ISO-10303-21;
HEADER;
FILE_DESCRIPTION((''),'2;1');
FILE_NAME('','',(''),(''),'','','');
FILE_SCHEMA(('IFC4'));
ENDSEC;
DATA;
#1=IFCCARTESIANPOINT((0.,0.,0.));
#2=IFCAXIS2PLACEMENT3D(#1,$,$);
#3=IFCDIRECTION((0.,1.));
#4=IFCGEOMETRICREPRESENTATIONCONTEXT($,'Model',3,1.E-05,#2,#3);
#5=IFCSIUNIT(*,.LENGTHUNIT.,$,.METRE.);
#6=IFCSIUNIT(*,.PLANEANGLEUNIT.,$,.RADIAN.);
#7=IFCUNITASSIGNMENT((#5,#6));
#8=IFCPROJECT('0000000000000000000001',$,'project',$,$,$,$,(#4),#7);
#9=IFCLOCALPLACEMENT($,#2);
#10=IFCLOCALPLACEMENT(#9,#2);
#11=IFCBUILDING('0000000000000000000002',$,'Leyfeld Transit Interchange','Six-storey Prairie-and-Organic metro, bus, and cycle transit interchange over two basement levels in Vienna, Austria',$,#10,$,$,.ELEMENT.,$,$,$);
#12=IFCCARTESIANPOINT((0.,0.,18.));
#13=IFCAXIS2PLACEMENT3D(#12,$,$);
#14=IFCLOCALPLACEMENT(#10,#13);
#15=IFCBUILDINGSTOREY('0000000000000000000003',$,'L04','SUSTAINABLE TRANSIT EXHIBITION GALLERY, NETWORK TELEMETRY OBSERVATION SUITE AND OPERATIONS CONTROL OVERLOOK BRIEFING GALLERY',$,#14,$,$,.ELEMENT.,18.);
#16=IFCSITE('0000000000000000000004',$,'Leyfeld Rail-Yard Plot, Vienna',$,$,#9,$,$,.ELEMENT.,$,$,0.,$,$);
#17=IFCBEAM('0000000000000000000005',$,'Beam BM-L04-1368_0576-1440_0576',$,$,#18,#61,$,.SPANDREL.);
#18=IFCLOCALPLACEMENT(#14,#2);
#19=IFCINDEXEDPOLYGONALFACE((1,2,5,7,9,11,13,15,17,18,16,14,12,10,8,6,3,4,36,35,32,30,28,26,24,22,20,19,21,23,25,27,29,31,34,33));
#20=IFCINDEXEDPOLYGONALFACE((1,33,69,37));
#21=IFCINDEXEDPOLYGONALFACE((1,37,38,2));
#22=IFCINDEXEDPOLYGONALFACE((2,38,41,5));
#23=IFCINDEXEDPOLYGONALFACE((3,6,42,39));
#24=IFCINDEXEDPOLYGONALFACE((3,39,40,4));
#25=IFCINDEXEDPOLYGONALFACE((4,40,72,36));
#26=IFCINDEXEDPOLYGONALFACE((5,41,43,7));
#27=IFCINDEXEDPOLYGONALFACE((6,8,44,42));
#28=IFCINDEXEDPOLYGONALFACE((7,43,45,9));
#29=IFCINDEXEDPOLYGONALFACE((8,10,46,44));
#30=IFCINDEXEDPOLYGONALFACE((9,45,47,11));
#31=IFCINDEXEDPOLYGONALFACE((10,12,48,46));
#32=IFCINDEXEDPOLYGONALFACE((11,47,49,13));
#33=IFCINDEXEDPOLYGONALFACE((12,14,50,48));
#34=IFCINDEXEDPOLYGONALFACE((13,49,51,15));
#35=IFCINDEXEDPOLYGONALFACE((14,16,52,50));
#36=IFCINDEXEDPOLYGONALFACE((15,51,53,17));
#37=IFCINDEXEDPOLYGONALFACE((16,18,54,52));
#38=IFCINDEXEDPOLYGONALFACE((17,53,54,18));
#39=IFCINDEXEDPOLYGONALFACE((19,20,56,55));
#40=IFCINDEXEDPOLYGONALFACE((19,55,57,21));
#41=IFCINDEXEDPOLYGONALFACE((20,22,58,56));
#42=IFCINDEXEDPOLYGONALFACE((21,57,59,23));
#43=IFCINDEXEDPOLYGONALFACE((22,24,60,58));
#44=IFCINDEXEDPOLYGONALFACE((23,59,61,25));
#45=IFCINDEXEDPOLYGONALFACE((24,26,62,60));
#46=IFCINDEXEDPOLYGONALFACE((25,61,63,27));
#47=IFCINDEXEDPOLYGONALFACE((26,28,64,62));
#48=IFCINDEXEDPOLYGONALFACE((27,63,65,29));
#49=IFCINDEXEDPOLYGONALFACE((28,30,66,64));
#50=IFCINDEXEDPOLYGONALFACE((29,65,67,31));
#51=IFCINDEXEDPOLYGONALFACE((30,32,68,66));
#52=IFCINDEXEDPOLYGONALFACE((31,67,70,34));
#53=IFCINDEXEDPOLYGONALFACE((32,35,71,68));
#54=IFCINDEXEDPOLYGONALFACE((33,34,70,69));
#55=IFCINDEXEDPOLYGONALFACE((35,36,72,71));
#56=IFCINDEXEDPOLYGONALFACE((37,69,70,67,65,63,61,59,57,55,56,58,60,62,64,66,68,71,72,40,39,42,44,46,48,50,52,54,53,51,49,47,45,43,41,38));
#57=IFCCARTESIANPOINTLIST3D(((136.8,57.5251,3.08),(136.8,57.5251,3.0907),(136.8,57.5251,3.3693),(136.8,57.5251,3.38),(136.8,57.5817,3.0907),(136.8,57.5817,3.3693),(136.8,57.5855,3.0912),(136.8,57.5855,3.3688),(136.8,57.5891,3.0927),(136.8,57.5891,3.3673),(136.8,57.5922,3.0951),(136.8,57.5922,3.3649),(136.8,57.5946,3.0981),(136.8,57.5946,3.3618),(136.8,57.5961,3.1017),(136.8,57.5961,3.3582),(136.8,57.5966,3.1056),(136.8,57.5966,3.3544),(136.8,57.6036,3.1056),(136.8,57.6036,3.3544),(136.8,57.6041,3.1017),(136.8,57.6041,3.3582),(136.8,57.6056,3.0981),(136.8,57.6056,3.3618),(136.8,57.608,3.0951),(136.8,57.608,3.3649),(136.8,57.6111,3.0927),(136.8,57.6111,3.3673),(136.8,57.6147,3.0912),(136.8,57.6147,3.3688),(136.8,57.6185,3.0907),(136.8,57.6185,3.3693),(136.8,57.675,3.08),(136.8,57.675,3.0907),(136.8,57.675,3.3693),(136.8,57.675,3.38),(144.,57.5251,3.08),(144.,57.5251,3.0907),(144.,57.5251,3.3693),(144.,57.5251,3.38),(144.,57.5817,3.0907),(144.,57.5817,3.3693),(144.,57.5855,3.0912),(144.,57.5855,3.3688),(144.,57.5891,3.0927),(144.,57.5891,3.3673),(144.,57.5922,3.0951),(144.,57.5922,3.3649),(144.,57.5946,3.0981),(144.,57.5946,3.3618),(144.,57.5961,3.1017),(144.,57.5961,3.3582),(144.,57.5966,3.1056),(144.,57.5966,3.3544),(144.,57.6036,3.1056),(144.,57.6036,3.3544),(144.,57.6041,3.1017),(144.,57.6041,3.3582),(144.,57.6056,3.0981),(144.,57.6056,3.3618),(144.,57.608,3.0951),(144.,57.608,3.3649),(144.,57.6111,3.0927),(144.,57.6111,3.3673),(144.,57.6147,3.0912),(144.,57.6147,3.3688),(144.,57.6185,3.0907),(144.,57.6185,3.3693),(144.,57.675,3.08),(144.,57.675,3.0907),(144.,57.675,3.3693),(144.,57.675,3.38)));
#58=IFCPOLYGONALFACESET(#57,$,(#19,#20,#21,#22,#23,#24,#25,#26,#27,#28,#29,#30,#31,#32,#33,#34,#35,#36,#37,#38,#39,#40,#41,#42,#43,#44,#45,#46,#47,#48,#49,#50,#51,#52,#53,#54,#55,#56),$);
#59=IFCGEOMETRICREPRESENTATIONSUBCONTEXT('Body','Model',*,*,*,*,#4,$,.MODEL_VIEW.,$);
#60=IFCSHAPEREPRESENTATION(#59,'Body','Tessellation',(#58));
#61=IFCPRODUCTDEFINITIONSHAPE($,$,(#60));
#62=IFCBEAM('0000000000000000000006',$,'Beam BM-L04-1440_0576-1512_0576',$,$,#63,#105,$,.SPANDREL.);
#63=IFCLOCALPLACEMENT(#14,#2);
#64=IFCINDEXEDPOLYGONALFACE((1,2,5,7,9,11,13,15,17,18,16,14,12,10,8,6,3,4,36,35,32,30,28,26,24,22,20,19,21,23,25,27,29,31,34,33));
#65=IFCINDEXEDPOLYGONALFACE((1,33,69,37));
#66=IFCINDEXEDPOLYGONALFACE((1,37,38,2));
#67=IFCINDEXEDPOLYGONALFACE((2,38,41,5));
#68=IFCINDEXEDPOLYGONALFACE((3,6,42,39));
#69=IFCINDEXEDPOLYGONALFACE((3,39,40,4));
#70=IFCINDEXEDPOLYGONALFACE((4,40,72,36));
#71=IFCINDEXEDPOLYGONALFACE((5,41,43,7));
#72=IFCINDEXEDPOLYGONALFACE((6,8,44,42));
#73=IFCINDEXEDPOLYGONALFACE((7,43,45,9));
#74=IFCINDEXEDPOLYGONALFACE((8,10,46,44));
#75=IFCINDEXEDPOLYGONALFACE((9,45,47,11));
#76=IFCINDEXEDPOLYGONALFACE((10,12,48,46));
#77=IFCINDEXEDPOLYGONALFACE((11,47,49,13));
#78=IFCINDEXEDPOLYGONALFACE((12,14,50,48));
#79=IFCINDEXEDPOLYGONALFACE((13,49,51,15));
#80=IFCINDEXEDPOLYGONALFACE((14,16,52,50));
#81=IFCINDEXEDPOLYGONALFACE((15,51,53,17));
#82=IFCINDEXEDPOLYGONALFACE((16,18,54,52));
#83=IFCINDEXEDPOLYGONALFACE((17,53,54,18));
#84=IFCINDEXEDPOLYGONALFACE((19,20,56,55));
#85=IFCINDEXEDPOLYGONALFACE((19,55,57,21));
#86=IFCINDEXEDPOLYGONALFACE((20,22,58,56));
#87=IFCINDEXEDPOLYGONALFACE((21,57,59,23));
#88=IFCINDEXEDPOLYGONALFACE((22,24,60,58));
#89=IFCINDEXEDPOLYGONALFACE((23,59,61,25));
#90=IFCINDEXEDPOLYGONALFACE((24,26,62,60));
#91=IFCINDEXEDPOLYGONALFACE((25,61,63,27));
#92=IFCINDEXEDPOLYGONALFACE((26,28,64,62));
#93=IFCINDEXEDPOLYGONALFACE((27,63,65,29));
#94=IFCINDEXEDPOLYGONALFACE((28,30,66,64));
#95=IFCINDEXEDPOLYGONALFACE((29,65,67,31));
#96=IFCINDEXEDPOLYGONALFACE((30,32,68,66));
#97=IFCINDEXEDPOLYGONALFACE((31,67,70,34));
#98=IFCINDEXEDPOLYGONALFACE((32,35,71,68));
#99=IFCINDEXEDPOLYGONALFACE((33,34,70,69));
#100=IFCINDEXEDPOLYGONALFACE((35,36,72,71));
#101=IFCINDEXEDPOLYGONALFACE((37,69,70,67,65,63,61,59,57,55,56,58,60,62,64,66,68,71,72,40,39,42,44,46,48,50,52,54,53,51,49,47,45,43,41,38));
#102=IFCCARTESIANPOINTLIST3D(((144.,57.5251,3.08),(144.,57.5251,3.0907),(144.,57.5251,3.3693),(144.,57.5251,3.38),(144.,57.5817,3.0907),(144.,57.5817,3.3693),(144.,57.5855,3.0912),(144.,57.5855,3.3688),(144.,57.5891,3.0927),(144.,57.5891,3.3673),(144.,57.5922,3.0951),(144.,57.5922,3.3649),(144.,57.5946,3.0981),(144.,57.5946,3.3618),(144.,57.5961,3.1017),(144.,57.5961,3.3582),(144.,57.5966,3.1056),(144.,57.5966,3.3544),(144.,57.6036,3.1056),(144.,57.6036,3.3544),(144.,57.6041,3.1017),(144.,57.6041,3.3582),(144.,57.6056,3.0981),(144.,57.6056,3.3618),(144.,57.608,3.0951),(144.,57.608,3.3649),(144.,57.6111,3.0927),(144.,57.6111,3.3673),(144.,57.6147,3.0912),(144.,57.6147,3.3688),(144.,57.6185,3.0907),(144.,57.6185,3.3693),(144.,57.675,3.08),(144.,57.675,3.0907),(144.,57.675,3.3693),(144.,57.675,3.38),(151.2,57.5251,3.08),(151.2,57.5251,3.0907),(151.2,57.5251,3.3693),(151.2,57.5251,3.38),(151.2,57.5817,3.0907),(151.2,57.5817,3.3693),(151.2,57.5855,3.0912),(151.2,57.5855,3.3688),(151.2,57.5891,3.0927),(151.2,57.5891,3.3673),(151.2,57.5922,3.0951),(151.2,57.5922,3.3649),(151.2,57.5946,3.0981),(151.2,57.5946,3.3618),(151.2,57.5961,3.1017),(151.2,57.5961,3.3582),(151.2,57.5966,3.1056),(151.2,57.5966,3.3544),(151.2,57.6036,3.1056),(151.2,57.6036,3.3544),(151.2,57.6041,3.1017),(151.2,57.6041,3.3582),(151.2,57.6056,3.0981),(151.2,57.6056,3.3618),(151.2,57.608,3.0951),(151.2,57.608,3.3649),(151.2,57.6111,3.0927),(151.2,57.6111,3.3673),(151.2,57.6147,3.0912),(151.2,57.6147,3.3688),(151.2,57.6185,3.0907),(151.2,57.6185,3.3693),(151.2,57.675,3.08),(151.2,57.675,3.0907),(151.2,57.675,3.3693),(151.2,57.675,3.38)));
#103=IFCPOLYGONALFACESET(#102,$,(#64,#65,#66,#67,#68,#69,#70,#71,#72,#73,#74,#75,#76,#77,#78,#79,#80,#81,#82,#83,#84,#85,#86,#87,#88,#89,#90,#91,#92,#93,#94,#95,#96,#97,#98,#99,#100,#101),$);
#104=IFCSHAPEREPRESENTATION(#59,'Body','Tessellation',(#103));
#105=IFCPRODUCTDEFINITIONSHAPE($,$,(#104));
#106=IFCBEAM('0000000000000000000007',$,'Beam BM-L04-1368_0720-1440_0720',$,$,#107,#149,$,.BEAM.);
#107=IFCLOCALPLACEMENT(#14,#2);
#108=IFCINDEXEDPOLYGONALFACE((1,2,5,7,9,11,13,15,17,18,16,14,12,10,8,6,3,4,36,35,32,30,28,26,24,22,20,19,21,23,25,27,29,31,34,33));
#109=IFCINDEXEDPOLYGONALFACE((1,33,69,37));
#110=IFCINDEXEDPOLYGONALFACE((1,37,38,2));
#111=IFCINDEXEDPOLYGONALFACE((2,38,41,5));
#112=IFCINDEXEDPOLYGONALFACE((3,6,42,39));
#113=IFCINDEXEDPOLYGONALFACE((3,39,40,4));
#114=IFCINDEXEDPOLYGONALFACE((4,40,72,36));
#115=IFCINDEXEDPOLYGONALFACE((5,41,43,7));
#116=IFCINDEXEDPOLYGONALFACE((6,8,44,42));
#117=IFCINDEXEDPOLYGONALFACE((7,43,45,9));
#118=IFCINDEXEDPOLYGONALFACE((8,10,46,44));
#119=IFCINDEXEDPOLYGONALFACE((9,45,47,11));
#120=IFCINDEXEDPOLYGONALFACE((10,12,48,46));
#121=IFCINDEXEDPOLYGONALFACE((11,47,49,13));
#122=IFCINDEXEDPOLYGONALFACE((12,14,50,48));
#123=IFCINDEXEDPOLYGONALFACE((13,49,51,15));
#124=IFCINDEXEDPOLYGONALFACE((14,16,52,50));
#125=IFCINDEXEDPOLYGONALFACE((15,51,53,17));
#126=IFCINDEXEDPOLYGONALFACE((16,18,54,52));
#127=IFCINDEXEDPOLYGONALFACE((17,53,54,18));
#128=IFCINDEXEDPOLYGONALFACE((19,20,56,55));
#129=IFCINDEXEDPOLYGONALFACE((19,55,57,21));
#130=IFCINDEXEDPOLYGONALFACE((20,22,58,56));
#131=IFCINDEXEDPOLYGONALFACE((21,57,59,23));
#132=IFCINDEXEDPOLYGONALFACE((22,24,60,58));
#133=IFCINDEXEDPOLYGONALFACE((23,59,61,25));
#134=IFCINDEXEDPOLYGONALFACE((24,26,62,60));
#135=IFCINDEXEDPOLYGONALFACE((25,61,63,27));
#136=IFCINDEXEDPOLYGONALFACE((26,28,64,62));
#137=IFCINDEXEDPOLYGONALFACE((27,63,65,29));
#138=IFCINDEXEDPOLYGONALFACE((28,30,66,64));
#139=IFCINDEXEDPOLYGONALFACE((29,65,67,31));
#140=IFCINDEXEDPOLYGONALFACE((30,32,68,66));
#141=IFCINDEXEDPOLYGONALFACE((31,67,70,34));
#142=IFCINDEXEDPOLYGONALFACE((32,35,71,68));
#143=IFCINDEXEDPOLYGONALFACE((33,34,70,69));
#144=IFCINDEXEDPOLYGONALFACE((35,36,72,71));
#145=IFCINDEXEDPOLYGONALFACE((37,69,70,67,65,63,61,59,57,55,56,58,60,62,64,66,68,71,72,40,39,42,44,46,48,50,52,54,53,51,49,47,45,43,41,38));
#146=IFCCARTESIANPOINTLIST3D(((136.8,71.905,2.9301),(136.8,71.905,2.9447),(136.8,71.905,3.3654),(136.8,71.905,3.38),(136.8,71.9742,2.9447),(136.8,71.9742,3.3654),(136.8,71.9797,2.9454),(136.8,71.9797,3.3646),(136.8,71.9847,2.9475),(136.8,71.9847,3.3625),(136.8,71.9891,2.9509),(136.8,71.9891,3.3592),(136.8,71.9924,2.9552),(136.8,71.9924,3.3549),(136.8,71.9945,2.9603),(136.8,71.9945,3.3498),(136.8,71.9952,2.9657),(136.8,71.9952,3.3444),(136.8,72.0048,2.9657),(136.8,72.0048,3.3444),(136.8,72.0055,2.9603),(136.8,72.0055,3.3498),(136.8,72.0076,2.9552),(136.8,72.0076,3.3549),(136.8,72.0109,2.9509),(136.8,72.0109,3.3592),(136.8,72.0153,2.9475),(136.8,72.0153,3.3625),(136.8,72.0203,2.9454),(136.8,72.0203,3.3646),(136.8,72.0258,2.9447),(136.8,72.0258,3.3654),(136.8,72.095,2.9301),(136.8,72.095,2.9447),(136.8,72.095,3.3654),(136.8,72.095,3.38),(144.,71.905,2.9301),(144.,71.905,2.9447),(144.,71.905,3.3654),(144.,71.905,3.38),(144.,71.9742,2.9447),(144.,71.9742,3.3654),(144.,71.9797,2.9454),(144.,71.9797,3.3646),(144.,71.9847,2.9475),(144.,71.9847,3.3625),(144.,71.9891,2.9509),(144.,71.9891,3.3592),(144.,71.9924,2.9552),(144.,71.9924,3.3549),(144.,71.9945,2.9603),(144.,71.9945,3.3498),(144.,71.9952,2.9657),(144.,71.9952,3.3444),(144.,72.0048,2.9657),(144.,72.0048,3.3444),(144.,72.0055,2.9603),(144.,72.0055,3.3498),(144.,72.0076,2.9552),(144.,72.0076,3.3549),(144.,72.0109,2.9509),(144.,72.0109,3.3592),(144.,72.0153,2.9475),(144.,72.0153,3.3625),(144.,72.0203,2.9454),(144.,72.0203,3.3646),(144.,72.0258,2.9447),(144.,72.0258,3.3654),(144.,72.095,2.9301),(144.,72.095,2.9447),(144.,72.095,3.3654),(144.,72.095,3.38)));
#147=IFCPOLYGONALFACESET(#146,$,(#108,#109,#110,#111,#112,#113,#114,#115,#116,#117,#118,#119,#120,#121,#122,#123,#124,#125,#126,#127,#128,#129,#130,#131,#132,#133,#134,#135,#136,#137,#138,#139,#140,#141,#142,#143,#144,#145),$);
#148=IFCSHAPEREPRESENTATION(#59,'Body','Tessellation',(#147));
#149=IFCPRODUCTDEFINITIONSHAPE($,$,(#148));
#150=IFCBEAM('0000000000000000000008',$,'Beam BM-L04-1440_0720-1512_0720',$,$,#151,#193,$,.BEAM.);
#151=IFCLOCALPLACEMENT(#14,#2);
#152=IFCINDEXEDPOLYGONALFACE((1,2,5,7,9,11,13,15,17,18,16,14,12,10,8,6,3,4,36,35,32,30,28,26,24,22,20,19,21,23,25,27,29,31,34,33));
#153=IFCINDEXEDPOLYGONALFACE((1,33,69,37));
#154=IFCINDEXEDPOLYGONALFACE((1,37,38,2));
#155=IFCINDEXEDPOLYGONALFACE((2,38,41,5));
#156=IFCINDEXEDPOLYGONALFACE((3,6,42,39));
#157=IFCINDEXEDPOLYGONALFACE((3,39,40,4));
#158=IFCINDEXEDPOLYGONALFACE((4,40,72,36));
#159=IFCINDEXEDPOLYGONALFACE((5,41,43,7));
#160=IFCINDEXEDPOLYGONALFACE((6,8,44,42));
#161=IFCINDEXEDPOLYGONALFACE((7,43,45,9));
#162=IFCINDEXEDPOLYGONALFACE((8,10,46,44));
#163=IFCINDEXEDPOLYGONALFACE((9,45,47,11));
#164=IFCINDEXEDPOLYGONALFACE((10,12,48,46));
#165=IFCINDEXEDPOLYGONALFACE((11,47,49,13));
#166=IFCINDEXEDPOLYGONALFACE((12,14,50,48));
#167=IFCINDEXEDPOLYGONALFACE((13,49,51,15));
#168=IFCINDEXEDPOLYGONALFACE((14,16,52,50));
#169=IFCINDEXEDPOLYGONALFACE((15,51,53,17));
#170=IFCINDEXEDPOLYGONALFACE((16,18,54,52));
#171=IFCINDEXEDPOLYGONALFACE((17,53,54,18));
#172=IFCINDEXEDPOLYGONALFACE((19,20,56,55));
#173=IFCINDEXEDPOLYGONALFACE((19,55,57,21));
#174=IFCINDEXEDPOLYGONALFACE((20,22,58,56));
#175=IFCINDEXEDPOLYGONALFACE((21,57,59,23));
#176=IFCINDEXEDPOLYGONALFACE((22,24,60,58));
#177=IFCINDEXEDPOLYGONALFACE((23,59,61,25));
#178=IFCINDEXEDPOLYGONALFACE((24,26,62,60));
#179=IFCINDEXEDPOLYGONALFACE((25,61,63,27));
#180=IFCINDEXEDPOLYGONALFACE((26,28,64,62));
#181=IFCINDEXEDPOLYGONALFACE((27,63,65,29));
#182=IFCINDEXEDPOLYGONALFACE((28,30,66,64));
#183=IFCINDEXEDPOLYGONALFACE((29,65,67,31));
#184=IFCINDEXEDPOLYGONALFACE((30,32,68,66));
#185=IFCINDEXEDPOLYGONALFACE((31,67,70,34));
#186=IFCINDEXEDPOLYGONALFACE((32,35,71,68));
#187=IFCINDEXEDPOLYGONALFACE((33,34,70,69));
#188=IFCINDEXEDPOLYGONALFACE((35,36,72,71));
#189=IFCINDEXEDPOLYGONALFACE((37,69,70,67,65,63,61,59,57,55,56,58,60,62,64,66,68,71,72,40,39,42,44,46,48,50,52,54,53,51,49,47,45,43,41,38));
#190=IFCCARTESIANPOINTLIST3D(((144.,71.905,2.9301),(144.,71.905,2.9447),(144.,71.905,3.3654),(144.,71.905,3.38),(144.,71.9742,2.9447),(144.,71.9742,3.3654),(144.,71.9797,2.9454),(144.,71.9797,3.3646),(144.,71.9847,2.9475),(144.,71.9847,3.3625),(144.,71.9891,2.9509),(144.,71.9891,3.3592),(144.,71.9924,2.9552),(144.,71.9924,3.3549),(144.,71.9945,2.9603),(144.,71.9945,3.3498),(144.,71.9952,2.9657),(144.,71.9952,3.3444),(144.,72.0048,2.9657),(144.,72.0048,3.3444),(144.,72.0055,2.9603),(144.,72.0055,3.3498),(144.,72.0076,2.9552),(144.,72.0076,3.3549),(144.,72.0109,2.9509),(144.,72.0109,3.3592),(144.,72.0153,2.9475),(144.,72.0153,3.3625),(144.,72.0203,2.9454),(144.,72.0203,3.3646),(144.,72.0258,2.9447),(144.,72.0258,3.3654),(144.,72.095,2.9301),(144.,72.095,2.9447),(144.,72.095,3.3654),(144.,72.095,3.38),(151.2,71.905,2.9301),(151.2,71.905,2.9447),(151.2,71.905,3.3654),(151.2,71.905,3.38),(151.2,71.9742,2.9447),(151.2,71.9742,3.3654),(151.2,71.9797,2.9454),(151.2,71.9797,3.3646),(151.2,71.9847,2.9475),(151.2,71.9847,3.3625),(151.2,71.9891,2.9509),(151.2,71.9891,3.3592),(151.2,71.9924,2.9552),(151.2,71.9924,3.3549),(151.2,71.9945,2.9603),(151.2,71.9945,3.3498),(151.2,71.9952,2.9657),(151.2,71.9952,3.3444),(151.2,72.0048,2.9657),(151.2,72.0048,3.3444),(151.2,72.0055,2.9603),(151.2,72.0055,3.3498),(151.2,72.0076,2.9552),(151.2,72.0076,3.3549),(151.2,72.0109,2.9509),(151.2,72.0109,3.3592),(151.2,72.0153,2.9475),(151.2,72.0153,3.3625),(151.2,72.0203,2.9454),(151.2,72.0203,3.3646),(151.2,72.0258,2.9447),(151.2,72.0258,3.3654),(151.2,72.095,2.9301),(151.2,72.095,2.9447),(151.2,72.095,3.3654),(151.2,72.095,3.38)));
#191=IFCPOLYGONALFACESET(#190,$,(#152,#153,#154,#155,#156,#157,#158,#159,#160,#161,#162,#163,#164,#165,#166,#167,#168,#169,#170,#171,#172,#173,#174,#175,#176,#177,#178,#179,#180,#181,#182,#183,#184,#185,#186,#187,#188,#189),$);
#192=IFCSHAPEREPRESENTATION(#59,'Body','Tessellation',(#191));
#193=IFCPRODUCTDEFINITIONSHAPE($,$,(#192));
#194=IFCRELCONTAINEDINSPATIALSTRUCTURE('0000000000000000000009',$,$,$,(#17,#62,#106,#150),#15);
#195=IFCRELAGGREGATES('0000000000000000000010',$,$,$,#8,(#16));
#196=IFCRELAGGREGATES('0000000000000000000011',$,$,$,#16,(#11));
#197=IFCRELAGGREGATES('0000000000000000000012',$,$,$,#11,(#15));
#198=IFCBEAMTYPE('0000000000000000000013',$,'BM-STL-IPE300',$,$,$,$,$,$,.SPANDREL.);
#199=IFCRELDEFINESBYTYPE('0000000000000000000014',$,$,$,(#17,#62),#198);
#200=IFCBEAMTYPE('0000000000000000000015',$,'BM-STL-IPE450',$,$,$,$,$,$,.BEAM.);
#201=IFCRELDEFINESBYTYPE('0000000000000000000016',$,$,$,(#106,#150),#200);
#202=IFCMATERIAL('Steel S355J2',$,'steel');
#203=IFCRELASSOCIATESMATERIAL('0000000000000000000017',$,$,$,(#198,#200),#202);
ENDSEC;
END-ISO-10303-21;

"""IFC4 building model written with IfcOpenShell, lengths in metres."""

from ifc_helpers import new_model, si_unit, direction, frame, origin, origin_2d, place, context, subcontext, project, spatial, i_section, extrude, material, material_profile, profile_set, type_object, element, save


model = new_model("IFC4")

# Units and contexts
model_context = context("Model", 3, precision=1e-05, world=origin(), true_north=direction((0.0, 1.0)))
body_context = subcontext(model_context, "Body", "Model", "MODEL_VIEW")
ifc_project = project(units=[si_unit("LENGTHUNIT", "METRE"), si_unit("PLANEANGLEUNIT", "RADIAN")], contexts=[model_context])

# Site, building, storey
site_placement = place(None, origin())
site = spatial("IfcSite", under=ifc_project, at=site_placement, Name="Leyfeld Rail-Yard Plot, Vienna", CompositionType="ELEMENT", RefElevation=0.0)
building_placement = place(site_placement, origin())
building = spatial("IfcBuilding", under=site, at=building_placement, Name="Leyfeld Transit Interchange", Description="Six-storey Prairie-and-Organic metro, bus, and cycle transit interchange over two basement levels in Vienna, Austria", CompositionType="ELEMENT")
storey_placement = place(building_placement, frame((0.0, 0.0, 18.0)))
storey = spatial("IfcBuildingStorey", under=building, at=storey_placement, Name="L04", Description="SUSTAINABLE TRANSIT EXHIBITION GALLERY, NETWORK TELEMETRY OBSERVATION SUITE AND OPERATIONS CONTROL OVERLOOK BRIEFING GALLERY", CompositionType="ELEMENT", Elevation=18.0)

# Shared definitions
ifc_material_1 = material(Name="Steel S355J2", Category="steel")

# Beams
ifc_material_profile_1 = material_profile(ifc_material_1, i_section(OverallWidth=0.1499, OverallDepth=0.3, WebThickness=0.0071, FlangeThickness=0.0107, FilletRadius=0.0149, at=origin_2d()), Name="IPE 300")
ifc_profile_set_1 = profile_set([ifc_material_profile_1], Name="Steel S355J2")
beam_type_1 = type_object("IfcBeamType", Name="BM-STL-IPE300", PredefinedType="SPANDREL", material=ifc_profile_set_1)
for number, where, z_axis, x_axis, name in (
    (1, (136.8, 57.6001, 3.23), (1.0, 0.0, 0.0), (0.0, 1.0, 0.0), "Beam BM-L04-1368_0576-1440_0576"),
    (2, (144.0, 57.6001, 3.23), (1.0, 0.0, 0.0), (0.0, 1.0, 0.0), "Beam BM-L04-1440_0576-1512_0576"),
):
    element("IfcBeam", number, at=place(storey_placement, frame(where, z_axis=z_axis, x_axis=x_axis)), inside=storey, type_object=beam_type_1, Name=name, PredefinedType="SPANDREL", context=body_context, shape_type="SweptSolid", body=[
        extrude(i_section(OverallWidth=0.1499, OverallDepth=0.3, WebThickness=0.0071, FlangeThickness=0.0107, FilletRadius=0.0149, at=origin_2d()), origin(), (0.0, 0.0, 1.0), 7.2),
    ])
ifc_material_profile_2 = material_profile(ifc_material_1, i_section(OverallWidth=0.1899, OverallDepth=0.45, WebThickness=0.0095, FlangeThickness=0.0146, FilletRadius=0.021, at=origin_2d()), Name="IPE 450")
ifc_profile_set_2 = profile_set([ifc_material_profile_2], Name="Steel S355J2")
beam_type_2 = type_object("IfcBeamType", Name="BM-STL-IPE450", PredefinedType="BEAM", material=ifc_profile_set_2)
for number, where, z_axis, x_axis, name in (
    (3, (136.8, 72.0, 3.155), (1.0, 0.0, 0.0), (0.0, 1.0, 0.0), "Beam BM-L04-1368_0720-1440_0720"),
    (4, (144.0, 72.0, 3.155), (1.0, 0.0, 0.0), (0.0, 1.0, 0.0), "Beam BM-L04-1440_0720-1512_0720"),
):
    element("IfcBeam", number, at=place(storey_placement, frame(where, z_axis=z_axis, x_axis=x_axis)), inside=storey, type_object=beam_type_2, Name=name, PredefinedType="BEAM", context=body_context, shape_type="SweptSolid", body=[
        extrude(i_section(OverallWidth=0.1899, OverallDepth=0.45, WebThickness=0.0095, FlangeThickness=0.0146, FilletRadius=0.021, at=origin_2d()), origin(), (0.0, 0.0, 1.0), 7.2),
    ])

save(model, "model.ifc")
